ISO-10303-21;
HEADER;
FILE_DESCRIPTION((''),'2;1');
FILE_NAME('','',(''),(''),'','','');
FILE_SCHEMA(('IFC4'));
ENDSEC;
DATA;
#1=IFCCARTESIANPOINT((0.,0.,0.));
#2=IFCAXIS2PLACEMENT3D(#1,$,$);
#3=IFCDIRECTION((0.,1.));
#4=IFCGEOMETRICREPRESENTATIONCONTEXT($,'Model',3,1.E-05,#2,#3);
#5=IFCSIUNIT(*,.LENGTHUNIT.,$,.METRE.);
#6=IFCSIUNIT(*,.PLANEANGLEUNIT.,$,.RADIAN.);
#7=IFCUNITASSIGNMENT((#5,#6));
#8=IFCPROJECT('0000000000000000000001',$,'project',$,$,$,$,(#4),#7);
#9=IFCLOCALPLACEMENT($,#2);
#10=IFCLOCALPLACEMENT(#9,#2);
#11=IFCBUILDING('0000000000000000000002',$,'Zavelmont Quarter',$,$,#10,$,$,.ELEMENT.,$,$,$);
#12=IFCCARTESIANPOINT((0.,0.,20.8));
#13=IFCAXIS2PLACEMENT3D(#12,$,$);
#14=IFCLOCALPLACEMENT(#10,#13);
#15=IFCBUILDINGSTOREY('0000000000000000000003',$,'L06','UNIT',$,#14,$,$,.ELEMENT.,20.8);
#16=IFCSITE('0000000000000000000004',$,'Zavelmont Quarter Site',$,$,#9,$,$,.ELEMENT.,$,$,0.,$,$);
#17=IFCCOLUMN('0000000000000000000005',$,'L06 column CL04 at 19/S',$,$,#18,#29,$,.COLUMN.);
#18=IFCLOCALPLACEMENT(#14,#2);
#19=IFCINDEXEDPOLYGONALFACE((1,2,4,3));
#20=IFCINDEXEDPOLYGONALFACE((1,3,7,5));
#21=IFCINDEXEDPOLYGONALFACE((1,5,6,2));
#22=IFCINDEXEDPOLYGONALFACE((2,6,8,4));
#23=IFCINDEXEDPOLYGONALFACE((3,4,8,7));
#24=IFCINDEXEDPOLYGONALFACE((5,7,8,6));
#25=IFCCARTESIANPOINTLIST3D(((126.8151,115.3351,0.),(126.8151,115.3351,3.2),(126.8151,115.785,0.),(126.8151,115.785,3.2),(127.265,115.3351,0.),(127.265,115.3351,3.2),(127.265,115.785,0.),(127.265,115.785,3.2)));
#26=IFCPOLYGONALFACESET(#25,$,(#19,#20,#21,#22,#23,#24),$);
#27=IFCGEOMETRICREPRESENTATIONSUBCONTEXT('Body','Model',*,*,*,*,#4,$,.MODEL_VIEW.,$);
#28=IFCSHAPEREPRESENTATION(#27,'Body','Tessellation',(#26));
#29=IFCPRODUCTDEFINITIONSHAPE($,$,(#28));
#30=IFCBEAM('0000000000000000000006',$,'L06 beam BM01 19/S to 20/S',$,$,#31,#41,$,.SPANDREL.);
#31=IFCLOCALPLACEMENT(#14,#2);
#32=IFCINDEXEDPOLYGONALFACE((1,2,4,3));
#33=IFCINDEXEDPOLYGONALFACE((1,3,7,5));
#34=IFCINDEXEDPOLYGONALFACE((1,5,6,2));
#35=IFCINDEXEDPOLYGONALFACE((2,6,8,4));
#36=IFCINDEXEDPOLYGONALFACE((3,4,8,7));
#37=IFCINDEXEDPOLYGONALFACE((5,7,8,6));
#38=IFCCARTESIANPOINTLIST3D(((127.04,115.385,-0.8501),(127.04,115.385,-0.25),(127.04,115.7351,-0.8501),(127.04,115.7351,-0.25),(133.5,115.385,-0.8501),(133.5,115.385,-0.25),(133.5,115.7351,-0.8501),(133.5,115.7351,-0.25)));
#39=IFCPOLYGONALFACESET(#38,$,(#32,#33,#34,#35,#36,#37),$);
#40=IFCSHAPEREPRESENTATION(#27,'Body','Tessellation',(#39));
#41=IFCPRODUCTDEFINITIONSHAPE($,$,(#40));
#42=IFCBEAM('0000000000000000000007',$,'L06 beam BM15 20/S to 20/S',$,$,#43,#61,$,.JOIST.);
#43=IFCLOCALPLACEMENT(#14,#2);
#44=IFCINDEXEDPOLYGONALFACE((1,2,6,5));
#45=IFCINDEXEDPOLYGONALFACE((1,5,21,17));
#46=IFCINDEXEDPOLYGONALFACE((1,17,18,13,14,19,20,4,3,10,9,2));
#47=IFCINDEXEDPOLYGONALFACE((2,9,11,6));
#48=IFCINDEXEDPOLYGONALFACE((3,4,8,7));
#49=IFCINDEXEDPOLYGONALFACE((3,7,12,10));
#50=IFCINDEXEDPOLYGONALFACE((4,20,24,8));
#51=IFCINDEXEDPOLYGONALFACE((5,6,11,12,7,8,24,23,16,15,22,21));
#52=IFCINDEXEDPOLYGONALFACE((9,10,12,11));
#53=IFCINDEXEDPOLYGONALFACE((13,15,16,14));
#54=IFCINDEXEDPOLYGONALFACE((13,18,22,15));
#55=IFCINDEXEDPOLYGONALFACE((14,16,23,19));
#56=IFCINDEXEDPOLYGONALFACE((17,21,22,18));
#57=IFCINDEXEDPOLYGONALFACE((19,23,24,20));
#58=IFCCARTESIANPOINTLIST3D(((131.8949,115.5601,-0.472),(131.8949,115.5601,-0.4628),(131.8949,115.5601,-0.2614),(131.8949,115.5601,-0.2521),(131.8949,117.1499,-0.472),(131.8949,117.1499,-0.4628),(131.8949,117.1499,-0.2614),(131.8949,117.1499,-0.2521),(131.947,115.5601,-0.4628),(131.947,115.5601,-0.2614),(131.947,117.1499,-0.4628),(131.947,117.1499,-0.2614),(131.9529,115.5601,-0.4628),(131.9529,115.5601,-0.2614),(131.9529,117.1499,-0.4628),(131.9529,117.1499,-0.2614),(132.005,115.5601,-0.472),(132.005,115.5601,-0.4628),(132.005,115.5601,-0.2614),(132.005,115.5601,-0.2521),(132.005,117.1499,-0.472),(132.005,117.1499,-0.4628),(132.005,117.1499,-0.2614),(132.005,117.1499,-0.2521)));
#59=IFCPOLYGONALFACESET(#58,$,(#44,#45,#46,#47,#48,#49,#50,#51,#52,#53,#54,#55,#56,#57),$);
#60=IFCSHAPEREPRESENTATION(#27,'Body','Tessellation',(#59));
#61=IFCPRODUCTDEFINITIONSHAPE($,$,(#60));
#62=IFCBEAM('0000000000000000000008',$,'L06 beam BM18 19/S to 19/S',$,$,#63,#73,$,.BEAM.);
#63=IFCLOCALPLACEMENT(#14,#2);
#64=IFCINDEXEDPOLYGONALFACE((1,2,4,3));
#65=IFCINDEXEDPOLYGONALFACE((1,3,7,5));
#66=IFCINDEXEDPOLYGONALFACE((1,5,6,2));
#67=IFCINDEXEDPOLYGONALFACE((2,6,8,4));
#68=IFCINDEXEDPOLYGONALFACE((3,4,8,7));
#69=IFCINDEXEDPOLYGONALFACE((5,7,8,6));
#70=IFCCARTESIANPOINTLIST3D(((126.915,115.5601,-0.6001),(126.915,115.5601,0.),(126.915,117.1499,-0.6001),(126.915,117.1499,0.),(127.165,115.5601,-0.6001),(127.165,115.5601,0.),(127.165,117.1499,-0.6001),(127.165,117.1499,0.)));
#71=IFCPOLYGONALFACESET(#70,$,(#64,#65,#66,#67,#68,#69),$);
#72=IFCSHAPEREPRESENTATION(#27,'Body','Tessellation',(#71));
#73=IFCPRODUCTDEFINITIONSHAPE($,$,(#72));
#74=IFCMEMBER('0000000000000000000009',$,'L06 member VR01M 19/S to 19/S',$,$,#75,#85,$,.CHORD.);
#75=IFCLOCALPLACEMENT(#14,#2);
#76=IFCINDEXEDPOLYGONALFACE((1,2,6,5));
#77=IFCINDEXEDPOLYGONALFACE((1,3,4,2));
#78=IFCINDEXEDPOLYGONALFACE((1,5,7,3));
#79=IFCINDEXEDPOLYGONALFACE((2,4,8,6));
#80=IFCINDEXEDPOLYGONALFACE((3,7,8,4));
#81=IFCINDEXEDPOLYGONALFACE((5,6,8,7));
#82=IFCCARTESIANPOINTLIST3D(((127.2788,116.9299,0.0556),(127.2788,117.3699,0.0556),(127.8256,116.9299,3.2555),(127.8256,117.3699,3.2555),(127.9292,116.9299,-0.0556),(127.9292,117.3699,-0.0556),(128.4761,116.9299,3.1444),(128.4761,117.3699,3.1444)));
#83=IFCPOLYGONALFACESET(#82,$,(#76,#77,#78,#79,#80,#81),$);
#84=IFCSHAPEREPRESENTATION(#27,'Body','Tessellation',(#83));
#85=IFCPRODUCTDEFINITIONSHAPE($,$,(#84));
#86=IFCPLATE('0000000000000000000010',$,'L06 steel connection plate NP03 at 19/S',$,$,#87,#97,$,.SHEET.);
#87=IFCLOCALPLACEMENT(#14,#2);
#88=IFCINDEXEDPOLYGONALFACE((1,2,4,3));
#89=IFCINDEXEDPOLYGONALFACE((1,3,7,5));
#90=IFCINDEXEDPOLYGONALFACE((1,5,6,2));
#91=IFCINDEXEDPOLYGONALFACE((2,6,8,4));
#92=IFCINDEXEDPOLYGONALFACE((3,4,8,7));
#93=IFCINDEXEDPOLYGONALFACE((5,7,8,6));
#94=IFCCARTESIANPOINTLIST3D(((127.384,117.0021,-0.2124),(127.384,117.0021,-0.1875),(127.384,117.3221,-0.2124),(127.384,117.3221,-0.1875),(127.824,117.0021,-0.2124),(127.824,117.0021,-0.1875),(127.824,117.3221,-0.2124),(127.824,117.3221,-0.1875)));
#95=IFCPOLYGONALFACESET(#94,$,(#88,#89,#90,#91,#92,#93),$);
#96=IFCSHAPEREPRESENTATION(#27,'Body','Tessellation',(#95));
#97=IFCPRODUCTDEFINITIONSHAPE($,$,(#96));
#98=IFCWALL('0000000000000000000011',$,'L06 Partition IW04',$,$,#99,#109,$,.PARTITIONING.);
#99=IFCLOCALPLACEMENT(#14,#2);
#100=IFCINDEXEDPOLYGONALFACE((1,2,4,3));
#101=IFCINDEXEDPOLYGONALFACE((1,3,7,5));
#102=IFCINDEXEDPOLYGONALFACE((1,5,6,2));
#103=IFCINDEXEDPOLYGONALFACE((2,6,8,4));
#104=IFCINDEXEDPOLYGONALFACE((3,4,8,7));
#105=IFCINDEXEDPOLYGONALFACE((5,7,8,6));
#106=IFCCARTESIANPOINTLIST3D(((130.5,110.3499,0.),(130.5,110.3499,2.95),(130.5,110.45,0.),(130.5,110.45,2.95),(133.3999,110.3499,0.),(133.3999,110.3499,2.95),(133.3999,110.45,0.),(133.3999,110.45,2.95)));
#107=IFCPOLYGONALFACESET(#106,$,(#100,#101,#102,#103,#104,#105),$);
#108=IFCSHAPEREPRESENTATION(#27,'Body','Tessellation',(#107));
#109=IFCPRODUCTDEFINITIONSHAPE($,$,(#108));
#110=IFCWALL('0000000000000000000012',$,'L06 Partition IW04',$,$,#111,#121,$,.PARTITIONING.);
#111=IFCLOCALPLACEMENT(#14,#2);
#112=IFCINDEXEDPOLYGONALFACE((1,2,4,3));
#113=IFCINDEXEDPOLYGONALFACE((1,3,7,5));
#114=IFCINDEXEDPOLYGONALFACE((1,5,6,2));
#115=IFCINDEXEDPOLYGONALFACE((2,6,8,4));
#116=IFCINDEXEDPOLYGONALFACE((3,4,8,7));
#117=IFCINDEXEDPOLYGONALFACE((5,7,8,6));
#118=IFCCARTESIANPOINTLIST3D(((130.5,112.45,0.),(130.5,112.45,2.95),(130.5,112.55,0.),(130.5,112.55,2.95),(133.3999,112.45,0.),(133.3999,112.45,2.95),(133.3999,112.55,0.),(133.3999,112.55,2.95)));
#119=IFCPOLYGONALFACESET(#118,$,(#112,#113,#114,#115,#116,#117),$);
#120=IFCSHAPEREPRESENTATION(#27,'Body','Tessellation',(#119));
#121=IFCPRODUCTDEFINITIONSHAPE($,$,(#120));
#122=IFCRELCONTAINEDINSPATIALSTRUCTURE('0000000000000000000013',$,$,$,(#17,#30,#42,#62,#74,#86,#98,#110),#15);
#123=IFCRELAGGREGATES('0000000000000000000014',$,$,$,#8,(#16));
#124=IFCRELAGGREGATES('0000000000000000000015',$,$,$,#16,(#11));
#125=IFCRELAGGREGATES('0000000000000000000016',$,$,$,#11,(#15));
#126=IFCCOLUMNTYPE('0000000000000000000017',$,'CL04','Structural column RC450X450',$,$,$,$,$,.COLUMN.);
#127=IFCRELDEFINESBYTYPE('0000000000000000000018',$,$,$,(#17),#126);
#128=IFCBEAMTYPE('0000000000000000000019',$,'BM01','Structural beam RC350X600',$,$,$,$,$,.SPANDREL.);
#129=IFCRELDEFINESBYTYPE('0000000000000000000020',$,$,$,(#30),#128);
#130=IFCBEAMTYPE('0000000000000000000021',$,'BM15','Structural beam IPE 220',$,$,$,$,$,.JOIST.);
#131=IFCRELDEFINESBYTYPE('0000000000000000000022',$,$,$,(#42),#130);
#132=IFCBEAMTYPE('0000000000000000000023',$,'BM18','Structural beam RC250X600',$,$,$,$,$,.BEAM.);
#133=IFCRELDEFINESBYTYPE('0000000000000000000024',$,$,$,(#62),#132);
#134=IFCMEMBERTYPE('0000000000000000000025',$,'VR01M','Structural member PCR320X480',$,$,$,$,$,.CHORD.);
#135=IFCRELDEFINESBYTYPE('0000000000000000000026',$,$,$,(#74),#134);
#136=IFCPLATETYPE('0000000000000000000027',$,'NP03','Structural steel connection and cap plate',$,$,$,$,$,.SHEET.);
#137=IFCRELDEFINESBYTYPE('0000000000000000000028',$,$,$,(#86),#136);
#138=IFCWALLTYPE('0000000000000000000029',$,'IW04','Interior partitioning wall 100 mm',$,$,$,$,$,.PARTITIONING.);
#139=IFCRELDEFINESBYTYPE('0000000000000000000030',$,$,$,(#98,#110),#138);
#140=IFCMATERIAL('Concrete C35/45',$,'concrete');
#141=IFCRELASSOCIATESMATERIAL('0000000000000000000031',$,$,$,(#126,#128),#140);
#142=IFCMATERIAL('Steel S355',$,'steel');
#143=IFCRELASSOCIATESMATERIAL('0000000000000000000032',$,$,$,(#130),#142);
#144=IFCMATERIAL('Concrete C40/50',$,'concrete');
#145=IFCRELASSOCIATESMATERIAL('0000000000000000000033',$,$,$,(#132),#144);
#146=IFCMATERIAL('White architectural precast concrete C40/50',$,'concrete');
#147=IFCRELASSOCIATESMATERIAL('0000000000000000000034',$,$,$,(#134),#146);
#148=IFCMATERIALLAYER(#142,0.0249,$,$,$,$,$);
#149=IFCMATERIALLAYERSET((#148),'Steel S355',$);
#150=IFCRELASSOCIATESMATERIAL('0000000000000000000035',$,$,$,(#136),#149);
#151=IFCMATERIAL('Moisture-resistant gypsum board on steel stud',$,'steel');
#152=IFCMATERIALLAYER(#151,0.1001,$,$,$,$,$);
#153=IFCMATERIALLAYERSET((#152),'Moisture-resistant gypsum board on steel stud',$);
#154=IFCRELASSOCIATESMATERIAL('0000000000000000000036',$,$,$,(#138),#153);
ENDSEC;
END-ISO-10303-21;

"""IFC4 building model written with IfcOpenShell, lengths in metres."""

from ifc_helpers import new_model, si_unit, direction, frame, frame_2d, origin, origin_2d, place, context, subcontext, project, spatial, rectangle, i_section, extrude, material, layer, layer_set, material_profile, profile_set, type_object, element, save


model = new_model("IFC4")

# Units and contexts
model_context = context("Model", 3, precision=1e-05, world=origin(), true_north=direction((0.0, 1.0)))
body_context = subcontext(model_context, "Body", "Model", "MODEL_VIEW")
ifc_project = project(units=[si_unit("LENGTHUNIT", "METRE"), si_unit("PLANEANGLEUNIT", "RADIAN")], contexts=[model_context])

# Site, building, storey
site_placement = place(None, origin())
site = spatial("IfcSite", under=ifc_project, at=site_placement, Name="Zavelmont Quarter Site", CompositionType="ELEMENT", RefElevation=0.0)
building_placement = place(site_placement, origin())
building = spatial("IfcBuilding", under=site, at=building_placement, Name="Zavelmont Quarter", CompositionType="ELEMENT")
storey_placement = place(building_placement, frame((0.0, 0.0, 20.8)))
storey = spatial("IfcBuildingStorey", under=building, at=storey_placement, Name="L06", Description="UNIT", CompositionType="ELEMENT", Elevation=20.8)

# Column
ifc_material_1 = material(Name="Concrete C35/45", Category="concrete")
ifc_material_profile_1 = material_profile(ifc_material_1, rectangle(XDim=0.45, YDim=0.45, at=origin_2d()), Name="RC450X450")
ifc_profile_set_1 = profile_set([ifc_material_profile_1], Name="Concrete C35/45")
column_type = type_object("IfcColumnType", Name="CL04", Description="Structural column RC450X450", PredefinedType="COLUMN", material=ifc_profile_set_1)
column_placement = place(storey_placement, frame((127.04, 115.5601, 0.0), z_axis=(0.0, 0.0, 1.0), x_axis=(1.0, 0.0, 0.0)))
element("IfcColumn", 1, at=column_placement, inside=storey, type_object=column_type, Name="L06 column CL04 at 19/S", PredefinedType="COLUMN", context=body_context, shape_type="SweptSolid", body=[
    extrude(rectangle(XDim=0.45, YDim=0.45, at=origin_2d()), origin(), (0.0, 0.0, 1.0), 3.2),
])

# Beams
ifc_material_profile_2 = material_profile(ifc_material_1, rectangle(XDim=0.3501, YDim=0.6001, at=origin_2d()), Name="RC350X600")
ifc_profile_set_2 = profile_set([ifc_material_profile_2], Name="Concrete C35/45")
beam_type_1 = type_object("IfcBeamType", Name="BM01", Description="Structural beam RC350X600", PredefinedType="SPANDREL", material=ifc_profile_set_2)
beam_1_placement = place(storey_placement, frame((127.04, 115.5601, -0.55), z_axis=(1.0, 0.0, 0.0), x_axis=(0.0, 1.0, 0.0)))
element("IfcBeam", 2, at=beam_1_placement, inside=storey, type_object=beam_type_1, Name="L06 beam BM01 19/S to 20/S", PredefinedType="SPANDREL", context=body_context, shape_type="SweptSolid", body=[
    extrude(rectangle(XDim=0.3501, YDim=0.6001, at=origin_2d()), origin(), (0.0, 0.0, 1.0), 6.46),
])
ifc_material_2 = material(Name="Steel S355", Category="steel")
ifc_material_profile_3 = material_profile(ifc_material_2, i_section(OverallWidth=0.1101, OverallDepth=0.22, WebThickness=0.0059, FlangeThickness=0.0093, at=origin_2d()), Name="IPE 220")
ifc_profile_set_3 = profile_set([ifc_material_profile_3], Name="Steel S355")
beam_type_2 = type_object("IfcBeamType", Name="BM15", Description="Structural beam IPE 220", PredefinedType="JOIST", material=ifc_profile_set_3)
beam_2_placement = place(storey_placement, frame((131.95, 115.5601, -0.3621), z_axis=(0.0, 1.0, 0.0), x_axis=(-1.0, 0.0, 0.0)))
element("IfcBeam", 3, at=beam_2_placement, inside=storey, type_object=beam_type_2, Name="L06 beam BM15 20/S to 20/S", PredefinedType="JOIST", context=body_context, shape_type="SweptSolid", body=[
    extrude(i_section(OverallWidth=0.1101, OverallDepth=0.22, WebThickness=0.0059, FlangeThickness=0.0093, at=origin_2d()), origin(), (0.0, 0.0, 1.0), 1.5898),
])
ifc_material_3 = material(Name="Concrete C40/50", Category="concrete")
ifc_material_profile_4 = material_profile(ifc_material_3, rectangle(XDim=0.25, YDim=0.6001, at=origin_2d()), Name="RC250X600")
ifc_profile_set_4 = profile_set([ifc_material_profile_4], Name="Concrete C40/50")
beam_type_3 = type_object("IfcBeamType", Name="BM18", Description="Structural beam RC250X600", PredefinedType="BEAM", material=ifc_profile_set_4)
beam_3_placement = place(storey_placement, frame((127.04, 115.5601, -0.3), z_axis=(0.0, 1.0, 0.0), x_axis=(-1.0, 0.0, 0.0)))
element("IfcBeam", 4, at=beam_3_placement, inside=storey, type_object=beam_type_3, Name="L06 beam BM18 19/S to 19/S", PredefinedType="BEAM", context=body_context, shape_type="SweptSolid", body=[
    extrude(rectangle(XDim=0.25, YDim=0.6001, at=origin_2d()), origin(), (0.0, 0.0, 1.0), 1.5898),
])

# Member
ifc_material_4 = material(Name="White architectural precast concrete C40/50", Category="concrete")
ifc_material_profile_5 = material_profile(ifc_material_4, rectangle(XDim=0.4399, YDim=0.6599, at=origin_2d()), Name="PCR320X480")
ifc_profile_set_5 = profile_set([ifc_material_profile_5], Name="White architectural precast concrete C40/50")
member_type = type_object("IfcMemberType", Name="VR01M", Description="Structural member PCR320X480", PredefinedType="CHORD", material=ifc_profile_set_5)
member_placement = place(storey_placement, frame((127.604, 117.1499, 0.0), z_axis=(0.168459, 0.0, 0.985709), x_axis=(0.0, 1.0, 0.0)))
element("IfcMember", 5, at=member_placement, inside=storey, type_object=member_type, Name="L06 member VR01M 19/S to 19/S", PredefinedType="CHORD", context=body_context, shape_type="SweptSolid", body=[
    extrude(rectangle(XDim=0.4399, YDim=0.6599, at=origin_2d()), origin(), (0.0, 0.0, 1.0), 3.2463),
])

# Plate
ifc_layer_1 = layer(ifc_material_2, 0.0249)
ifc_layer_set_1 = layer_set([ifc_layer_1], Name="Steel S355")
plate_type = type_object("IfcPlateType", Name="NP03", Description="Structural steel connection and cap plate", PredefinedType="SHEET", material=ifc_layer_set_1)
plate_placement = place(storey_placement, frame((127.604, 117.1621, -0.2124), z_axis=(0.0, 0.0, 1.0), x_axis=(1.0, 0.0, 0.0)))
element("IfcPlate", 6, at=plate_placement, inside=storey, type_object=plate_type, Name="L06 steel connection plate NP03 at 19/S", PredefinedType="SHEET", context=body_context, shape_type="SweptSolid", body=[
    extrude(rectangle(XDim=0.4399, YDim=0.3201, at=origin_2d()), origin(), (0.0, 0.0, 1.0), 0.0249),
])

# Walls
ifc_material_5 = material(Name="Moisture-resistant gypsum board on steel stud", Category="steel")
ifc_layer_2 = layer(ifc_material_5, 0.1001)
ifc_layer_set_2 = layer_set([ifc_layer_2], Name="Moisture-resistant gypsum board on steel stud")
wall_type_1 = type_object("IfcWallType", Name="IW04", Description="Interior partitioning wall 100 mm", PredefinedType="PARTITIONING", material=ifc_layer_set_2)
for number, where, z_axis, x_axis, name in (
    (7, (130.5, 110.3999, 0.0), (0.0, 0.0, 1.0), (1.0, 0.0, 0.0), "L06 Partition IW04"),
    (8, (130.5, 112.5, 0.0), (0.0, 0.0, 1.0), (1.0, 0.0, 0.0), "L06 Partition IW04"),
):
    element("IfcWall", number, at=place(storey_placement, frame(where, z_axis=z_axis, x_axis=x_axis)), inside=storey, type_object=wall_type_1, Name=name, PredefinedType="PARTITIONING", context=body_context, shape_type="SweptSolid", body=[
        extrude(rectangle(XDim=2.8999, YDim=0.1001, at=frame_2d((1.45, 0.0))), origin(), (0.0, 0.0, 1.0), 2.95),
    ])

save(model, "model.ifc")
